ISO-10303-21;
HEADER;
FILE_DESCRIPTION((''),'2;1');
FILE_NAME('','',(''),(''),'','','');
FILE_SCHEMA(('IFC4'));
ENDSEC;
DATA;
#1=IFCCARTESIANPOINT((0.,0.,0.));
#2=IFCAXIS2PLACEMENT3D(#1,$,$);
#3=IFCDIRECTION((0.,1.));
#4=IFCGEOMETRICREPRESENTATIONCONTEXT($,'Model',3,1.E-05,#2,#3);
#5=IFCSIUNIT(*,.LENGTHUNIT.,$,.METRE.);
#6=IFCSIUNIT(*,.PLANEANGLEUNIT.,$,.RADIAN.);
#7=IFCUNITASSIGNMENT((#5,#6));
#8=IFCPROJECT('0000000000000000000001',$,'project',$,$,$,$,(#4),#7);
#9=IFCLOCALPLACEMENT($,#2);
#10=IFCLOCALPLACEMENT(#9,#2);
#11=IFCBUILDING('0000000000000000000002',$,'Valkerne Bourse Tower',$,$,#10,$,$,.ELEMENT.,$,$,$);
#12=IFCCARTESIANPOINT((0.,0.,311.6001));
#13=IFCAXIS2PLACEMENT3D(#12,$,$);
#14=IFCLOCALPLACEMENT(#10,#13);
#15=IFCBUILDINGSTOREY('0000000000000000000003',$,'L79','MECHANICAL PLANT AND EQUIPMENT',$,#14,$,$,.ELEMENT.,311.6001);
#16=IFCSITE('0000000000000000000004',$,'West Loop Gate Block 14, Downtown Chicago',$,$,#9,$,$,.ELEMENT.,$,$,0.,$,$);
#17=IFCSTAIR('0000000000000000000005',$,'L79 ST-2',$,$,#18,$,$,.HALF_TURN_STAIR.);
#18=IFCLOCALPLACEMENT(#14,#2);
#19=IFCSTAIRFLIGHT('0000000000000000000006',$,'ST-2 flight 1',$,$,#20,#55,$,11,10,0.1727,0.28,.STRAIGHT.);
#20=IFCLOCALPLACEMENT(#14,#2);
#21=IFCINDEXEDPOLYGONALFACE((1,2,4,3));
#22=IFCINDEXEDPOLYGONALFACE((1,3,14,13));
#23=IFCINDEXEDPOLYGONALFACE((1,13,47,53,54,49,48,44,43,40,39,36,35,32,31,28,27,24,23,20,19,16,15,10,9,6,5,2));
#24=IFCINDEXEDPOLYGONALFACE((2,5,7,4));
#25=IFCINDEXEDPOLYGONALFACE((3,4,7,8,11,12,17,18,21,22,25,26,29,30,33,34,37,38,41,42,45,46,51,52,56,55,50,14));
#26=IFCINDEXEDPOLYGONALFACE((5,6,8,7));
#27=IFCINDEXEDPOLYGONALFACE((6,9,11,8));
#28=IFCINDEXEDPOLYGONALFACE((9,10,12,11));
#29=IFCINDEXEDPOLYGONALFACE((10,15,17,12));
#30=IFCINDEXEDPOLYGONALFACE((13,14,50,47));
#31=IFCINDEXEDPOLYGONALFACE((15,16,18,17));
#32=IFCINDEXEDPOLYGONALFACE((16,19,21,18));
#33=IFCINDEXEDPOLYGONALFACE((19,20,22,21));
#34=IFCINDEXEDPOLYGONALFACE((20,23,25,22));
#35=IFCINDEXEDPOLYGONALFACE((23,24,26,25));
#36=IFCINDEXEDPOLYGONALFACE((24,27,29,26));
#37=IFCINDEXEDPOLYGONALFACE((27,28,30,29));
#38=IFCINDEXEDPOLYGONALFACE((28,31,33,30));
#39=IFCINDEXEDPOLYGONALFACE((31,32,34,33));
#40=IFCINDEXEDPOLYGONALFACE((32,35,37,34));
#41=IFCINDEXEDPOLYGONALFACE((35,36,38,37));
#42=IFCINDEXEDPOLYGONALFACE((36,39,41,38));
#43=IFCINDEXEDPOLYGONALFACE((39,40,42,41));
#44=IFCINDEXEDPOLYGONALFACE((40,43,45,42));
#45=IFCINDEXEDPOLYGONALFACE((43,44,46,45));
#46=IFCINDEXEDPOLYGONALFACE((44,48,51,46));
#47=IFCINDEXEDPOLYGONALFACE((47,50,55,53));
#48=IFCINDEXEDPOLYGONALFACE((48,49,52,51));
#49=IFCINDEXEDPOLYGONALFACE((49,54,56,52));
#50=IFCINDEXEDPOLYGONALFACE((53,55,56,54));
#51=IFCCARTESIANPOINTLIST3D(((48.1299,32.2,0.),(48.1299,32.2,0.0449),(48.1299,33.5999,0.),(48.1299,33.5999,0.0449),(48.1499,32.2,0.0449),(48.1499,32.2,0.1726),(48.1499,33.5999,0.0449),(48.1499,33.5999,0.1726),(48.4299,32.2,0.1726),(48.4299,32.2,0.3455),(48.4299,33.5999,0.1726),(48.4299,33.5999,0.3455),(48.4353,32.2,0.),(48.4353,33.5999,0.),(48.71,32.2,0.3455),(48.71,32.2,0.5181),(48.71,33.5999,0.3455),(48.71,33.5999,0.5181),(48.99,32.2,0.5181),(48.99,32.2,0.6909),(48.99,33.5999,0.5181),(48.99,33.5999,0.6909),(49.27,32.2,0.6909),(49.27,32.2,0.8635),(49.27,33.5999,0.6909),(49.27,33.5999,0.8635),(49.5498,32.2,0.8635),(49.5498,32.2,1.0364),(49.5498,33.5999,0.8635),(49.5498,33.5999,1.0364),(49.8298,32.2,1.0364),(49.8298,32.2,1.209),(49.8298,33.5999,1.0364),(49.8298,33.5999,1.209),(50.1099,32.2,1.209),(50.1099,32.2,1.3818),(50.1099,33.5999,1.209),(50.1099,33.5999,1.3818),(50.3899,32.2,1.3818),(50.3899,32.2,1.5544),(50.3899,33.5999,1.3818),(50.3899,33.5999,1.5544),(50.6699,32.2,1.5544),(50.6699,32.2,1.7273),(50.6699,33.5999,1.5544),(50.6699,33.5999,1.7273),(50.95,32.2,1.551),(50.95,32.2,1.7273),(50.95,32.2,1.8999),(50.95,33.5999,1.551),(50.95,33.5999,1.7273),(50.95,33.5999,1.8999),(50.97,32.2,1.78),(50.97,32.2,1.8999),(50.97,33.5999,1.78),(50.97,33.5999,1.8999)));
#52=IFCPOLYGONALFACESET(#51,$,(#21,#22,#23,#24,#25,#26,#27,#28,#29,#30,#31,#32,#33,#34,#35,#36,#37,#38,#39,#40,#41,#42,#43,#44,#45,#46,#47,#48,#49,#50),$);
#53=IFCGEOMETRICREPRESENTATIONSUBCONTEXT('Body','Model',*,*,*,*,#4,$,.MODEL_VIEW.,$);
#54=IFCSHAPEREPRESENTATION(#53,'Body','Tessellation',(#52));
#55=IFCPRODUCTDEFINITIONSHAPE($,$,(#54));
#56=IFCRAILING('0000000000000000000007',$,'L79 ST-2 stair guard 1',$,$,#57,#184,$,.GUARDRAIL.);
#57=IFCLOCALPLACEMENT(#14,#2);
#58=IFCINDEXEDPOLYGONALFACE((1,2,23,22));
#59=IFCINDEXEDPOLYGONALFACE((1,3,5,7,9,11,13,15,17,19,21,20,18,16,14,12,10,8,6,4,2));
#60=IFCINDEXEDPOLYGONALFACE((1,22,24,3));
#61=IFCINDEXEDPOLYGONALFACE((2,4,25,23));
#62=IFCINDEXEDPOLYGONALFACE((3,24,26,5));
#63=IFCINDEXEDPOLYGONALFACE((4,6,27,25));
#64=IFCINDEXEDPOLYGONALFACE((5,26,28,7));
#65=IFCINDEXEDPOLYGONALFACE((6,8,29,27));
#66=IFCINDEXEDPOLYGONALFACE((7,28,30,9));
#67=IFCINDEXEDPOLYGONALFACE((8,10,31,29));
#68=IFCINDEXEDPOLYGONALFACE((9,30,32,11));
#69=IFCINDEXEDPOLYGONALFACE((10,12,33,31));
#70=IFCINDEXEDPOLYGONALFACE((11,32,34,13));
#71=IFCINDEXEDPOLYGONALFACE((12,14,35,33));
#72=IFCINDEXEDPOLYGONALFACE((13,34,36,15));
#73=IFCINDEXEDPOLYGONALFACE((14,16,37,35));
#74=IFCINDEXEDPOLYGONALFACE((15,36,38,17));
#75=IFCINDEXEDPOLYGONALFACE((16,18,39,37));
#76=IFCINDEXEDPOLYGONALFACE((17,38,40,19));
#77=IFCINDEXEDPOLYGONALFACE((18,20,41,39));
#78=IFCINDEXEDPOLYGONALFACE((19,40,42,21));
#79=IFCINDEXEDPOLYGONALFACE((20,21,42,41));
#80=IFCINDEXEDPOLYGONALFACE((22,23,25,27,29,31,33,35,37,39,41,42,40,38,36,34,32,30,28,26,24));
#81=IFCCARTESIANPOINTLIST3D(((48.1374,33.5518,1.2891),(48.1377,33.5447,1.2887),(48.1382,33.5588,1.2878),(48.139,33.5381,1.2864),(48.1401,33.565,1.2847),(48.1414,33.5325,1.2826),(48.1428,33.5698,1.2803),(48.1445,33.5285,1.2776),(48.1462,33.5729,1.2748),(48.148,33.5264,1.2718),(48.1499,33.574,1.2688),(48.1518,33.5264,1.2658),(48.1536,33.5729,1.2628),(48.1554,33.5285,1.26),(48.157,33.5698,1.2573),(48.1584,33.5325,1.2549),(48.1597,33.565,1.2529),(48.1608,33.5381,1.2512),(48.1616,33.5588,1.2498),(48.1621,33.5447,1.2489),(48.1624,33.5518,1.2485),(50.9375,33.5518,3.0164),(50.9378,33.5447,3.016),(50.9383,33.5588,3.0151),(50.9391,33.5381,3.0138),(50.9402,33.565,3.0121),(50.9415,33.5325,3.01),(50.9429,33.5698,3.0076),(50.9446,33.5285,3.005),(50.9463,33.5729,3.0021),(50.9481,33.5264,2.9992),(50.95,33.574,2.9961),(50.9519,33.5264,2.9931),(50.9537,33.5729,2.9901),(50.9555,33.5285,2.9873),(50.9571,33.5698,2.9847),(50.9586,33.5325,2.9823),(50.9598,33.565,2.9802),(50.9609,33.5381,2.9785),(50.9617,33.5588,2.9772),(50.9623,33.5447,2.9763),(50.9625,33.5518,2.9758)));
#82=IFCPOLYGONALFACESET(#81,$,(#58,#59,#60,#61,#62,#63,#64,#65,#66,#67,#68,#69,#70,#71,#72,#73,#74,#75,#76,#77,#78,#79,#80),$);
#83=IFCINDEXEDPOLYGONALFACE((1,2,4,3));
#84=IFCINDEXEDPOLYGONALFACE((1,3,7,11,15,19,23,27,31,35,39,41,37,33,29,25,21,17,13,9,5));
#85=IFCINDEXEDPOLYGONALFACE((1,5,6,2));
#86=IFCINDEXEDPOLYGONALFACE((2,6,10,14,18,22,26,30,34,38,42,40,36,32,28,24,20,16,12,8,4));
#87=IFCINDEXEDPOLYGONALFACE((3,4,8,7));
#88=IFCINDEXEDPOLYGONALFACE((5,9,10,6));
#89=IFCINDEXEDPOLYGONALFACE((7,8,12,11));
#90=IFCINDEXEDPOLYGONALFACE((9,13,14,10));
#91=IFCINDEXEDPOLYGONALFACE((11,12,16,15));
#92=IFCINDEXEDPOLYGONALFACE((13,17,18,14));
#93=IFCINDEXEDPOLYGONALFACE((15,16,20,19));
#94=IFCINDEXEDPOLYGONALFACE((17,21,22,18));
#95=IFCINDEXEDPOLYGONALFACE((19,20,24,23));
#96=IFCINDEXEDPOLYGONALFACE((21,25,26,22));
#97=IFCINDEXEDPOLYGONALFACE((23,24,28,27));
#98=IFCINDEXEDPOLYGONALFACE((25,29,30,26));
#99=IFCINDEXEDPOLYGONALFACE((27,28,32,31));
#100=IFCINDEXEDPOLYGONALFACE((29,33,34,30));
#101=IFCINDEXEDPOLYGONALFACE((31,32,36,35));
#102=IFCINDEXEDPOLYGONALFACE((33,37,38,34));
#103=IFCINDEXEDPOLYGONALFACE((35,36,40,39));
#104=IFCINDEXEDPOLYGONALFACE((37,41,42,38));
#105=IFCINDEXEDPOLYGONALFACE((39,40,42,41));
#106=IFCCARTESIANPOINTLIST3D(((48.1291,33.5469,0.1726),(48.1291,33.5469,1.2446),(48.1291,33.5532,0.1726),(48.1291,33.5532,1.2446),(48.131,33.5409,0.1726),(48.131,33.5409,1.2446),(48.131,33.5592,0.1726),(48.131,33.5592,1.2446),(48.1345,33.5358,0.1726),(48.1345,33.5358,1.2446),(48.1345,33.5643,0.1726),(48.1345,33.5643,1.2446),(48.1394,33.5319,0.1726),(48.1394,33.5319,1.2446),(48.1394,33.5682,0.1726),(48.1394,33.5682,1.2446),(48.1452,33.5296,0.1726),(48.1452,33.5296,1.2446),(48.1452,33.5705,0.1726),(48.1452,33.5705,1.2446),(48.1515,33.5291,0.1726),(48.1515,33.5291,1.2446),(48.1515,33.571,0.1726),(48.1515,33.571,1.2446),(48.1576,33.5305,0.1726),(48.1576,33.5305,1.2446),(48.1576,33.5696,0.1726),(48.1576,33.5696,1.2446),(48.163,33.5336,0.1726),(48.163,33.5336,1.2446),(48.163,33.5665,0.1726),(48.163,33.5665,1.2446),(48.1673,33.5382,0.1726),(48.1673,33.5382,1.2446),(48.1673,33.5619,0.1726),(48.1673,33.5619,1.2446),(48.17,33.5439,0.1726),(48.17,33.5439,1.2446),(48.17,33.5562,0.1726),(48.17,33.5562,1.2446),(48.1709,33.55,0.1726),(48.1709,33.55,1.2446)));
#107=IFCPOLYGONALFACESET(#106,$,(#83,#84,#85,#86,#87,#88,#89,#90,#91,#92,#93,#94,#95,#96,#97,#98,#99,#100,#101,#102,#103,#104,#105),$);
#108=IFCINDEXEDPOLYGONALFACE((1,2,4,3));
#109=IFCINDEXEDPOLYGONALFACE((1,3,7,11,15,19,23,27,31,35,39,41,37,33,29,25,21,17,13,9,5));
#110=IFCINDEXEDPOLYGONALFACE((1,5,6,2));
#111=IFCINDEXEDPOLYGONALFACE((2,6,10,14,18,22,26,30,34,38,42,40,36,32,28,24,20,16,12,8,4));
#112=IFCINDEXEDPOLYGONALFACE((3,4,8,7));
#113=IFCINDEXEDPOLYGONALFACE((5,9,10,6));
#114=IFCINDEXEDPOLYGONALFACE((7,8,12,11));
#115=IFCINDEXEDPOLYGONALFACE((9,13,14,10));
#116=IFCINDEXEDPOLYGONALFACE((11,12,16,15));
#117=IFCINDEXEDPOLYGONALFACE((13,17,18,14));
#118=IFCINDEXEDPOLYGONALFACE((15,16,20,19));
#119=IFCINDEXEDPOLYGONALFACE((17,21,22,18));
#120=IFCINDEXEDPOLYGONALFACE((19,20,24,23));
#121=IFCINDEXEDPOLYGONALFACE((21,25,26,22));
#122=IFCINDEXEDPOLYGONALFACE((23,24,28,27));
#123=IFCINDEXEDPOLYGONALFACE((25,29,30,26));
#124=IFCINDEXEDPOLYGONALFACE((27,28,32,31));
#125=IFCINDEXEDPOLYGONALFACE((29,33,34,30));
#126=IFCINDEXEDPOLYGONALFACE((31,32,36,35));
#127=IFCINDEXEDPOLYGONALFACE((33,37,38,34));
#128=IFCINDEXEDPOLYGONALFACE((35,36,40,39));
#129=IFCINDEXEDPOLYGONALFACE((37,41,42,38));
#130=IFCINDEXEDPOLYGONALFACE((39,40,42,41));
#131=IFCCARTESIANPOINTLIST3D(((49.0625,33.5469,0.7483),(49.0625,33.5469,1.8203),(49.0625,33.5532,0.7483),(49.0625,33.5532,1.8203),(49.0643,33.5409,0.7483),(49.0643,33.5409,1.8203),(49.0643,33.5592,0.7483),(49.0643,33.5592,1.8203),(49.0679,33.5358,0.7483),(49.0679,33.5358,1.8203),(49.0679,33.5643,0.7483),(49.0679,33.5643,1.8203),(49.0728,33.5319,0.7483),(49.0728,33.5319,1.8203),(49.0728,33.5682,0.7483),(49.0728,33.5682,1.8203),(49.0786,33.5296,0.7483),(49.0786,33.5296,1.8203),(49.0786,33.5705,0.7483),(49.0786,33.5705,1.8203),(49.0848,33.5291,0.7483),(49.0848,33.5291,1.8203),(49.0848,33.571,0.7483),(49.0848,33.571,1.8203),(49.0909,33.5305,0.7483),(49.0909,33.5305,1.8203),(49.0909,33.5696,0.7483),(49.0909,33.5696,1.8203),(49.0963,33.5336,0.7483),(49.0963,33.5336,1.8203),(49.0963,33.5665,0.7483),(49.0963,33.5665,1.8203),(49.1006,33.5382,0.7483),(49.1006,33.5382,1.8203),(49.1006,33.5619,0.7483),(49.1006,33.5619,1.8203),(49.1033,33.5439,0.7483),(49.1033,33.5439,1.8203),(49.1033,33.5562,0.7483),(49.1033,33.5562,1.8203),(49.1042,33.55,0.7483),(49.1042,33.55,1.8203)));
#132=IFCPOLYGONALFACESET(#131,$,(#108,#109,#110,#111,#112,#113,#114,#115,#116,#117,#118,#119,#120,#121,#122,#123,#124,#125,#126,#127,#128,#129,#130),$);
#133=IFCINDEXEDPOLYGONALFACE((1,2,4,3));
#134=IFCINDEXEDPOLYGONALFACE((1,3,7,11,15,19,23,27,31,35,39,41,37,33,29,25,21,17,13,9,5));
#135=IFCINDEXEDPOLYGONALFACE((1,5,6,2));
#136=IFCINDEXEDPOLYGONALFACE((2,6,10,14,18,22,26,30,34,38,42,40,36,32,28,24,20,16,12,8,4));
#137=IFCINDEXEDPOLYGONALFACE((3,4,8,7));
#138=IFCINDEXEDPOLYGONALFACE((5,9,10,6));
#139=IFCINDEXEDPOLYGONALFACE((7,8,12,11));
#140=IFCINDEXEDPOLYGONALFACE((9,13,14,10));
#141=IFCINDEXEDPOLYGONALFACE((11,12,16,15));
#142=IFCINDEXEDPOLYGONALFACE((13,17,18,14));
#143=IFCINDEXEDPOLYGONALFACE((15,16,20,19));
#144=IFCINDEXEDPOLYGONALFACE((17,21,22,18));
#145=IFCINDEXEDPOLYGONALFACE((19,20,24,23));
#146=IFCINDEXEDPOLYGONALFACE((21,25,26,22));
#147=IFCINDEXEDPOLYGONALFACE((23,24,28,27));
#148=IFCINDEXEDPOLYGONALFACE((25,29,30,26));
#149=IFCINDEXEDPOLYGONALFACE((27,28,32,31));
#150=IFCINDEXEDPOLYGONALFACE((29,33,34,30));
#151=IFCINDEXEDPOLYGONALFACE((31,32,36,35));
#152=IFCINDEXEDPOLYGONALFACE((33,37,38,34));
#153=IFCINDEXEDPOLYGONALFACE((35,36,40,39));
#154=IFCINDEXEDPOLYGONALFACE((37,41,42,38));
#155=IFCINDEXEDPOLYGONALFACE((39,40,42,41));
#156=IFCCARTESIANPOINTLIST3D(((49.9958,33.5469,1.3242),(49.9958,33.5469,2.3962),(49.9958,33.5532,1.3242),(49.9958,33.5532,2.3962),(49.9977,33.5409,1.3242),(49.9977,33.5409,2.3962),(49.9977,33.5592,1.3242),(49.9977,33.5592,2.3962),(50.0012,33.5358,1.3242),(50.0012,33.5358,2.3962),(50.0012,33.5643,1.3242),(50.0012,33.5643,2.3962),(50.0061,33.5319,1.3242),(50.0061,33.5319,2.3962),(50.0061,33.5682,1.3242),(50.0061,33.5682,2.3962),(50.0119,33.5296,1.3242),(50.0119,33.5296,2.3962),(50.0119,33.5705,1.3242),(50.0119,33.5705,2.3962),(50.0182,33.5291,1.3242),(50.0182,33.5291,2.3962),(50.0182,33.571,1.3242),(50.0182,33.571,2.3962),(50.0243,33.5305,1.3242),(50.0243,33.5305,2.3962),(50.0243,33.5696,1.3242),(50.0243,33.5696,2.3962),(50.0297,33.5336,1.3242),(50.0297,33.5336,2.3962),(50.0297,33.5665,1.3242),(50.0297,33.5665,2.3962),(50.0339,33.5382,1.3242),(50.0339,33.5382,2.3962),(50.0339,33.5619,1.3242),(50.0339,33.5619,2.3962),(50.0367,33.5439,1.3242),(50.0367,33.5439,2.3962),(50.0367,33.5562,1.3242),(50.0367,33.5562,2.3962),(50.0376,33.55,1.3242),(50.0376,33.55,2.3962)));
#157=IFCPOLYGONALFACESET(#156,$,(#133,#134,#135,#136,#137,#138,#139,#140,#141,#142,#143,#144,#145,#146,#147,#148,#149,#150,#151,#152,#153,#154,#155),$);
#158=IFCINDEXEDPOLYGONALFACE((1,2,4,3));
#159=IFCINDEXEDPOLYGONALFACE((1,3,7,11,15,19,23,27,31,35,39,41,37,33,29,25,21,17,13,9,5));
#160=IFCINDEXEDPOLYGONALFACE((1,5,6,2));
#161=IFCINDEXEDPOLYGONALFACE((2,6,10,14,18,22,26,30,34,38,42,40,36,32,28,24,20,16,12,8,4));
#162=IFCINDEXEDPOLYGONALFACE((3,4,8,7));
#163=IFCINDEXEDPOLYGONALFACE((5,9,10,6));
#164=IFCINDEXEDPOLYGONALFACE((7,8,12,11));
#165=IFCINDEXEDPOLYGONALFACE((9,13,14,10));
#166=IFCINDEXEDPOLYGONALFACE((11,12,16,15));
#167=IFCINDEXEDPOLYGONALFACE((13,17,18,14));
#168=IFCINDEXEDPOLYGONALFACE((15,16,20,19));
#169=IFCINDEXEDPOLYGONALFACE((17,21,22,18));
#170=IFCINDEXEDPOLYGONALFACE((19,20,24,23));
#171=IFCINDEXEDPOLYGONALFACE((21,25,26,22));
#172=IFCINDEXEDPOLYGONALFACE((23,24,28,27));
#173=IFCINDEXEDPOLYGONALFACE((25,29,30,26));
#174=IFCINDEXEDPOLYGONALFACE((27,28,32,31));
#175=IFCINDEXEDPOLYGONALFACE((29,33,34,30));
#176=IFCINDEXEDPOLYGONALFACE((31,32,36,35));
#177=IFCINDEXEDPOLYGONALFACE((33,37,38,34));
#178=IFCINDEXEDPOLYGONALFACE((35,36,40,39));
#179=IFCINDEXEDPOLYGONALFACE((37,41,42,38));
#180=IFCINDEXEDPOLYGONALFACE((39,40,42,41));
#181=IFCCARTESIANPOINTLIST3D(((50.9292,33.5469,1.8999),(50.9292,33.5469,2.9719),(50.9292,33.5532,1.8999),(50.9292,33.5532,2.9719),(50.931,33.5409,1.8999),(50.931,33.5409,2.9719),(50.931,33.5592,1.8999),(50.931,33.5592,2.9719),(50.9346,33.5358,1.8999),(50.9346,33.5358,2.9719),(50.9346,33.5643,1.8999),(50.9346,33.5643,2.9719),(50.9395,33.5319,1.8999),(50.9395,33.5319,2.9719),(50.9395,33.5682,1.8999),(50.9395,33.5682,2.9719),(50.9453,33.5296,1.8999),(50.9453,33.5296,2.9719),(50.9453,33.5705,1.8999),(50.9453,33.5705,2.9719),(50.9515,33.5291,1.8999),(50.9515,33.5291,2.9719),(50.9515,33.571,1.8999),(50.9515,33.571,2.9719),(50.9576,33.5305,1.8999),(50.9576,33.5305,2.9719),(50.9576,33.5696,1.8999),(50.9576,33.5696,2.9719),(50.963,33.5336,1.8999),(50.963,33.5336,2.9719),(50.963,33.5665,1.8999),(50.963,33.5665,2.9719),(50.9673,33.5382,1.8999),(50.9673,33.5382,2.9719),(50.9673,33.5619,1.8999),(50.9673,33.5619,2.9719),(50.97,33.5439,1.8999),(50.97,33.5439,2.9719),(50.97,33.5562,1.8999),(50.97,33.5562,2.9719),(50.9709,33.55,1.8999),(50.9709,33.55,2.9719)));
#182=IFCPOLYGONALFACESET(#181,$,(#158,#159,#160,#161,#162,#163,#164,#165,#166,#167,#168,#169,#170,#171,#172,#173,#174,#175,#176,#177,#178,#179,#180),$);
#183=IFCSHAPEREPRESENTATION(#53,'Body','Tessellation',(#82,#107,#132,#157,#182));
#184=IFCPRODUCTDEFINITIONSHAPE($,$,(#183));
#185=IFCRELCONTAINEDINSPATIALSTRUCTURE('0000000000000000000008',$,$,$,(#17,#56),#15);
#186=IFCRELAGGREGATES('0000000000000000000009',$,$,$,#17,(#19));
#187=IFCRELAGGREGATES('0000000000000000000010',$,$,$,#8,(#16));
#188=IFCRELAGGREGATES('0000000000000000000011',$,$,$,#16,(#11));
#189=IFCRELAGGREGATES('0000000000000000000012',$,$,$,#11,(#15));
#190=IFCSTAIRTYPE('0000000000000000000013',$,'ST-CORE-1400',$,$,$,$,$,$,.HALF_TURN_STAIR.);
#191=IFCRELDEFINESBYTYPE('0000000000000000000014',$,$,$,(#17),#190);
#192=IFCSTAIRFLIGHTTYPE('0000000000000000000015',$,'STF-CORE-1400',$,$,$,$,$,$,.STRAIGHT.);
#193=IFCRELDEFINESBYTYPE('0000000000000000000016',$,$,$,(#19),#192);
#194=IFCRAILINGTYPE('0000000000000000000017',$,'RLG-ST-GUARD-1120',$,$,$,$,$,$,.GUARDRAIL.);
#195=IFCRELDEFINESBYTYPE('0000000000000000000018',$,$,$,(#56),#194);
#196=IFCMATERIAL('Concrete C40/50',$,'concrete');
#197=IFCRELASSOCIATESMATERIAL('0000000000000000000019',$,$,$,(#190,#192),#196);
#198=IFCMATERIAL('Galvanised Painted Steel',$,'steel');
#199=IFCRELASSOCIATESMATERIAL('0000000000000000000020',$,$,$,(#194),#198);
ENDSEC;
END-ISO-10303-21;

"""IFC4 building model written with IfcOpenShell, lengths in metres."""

from ifc_helpers import new_model, si_unit, direction, frame, origin, origin_2d, place, context, subcontext, project, spatial, polyline, circle, outline, extrude, material, type_object, element, aggregate, save


model = new_model("IFC4")

# Units and contexts
model_context = context("Model", 3, precision=1e-05, world=origin(), true_north=direction((0.0, 1.0)))
body_context = subcontext(model_context, "Body", "Model", "MODEL_VIEW")
ifc_project = project(units=[si_unit("LENGTHUNIT", "METRE"), si_unit("PLANEANGLEUNIT", "RADIAN")], contexts=[model_context])

# Site, building, storey
site_placement = place(None, origin())
site = spatial("IfcSite", under=ifc_project, at=site_placement, Name="West Loop Gate Block 14, Downtown Chicago", CompositionType="ELEMENT", RefElevation=0.0)
building_placement = place(site_placement, origin())
building = spatial("IfcBuilding", under=site, at=building_placement, Name="Valkerne Bourse Tower", CompositionType="ELEMENT")
storey_placement = place(building_placement, frame((0.0, 0.0, 311.6001)))
storey = spatial("IfcBuildingStorey", under=building, at=storey_placement, Name="L79", Description="MECHANICAL PLANT AND EQUIPMENT", CompositionType="ELEMENT", Elevation=311.6001)

# Shared definitions
ifc_material_1 = material(Name="Galvanised Painted Steel", Category="steel")

# Shared definitions
ifc_material_2 = material(Name="Concrete C40/50", Category="concrete")

# Stair, stair flight
stair_type = type_object("IfcStairType", Name="ST-CORE-1400", PredefinedType="HALF_TURN_STAIR", material=ifc_material_2)
stair_placement = place(storey_placement, origin())
stair = element("IfcStair", 1, at=stair_placement, inside=storey, type_object=stair_type, Name="L79 ST-2", PredefinedType="HALF_TURN_STAIR")
stair_flight_type = type_object("IfcStairFlightType", Name="STF-CORE-1400", PredefinedType="STRAIGHT", material=ifc_material_2)
stair_flight_placement = place(storey_placement, frame((48.1499, 32.8999, 0.0), z_axis=(0.0, 0.0, 1.0), x_axis=(1.0, 0.0, 0.0)))
stair_flight = element("IfcStairFlight", 2, at=stair_flight_placement, type_object=stair_flight_type, Name="ST-2 flight 1", NumberOfRisers=11, NumberOfTreads=10, PredefinedType="STRAIGHT", RiserHeight=0.1727, TreadLength=0.28, context=body_context, shape_type="SweptSolid", body=[
    extrude(outline(polyline([(-0.02, 0.0), (-0.02, 0.0449), (0.0, 0.0449), (0.0, 0.1726), (0.28, 0.1726), (0.28, 0.3455), (0.5601, 0.3455), (0.5601, 0.5181), (0.8401, 0.5181), (0.8401, 0.6909), (1.1201, 0.6909), (1.1201, 0.8635), (1.3999, 0.8635), (1.3999, 1.0364), (1.6799, 1.0364), (1.6799, 1.209), (1.96, 1.209), (1.96, 1.3818), (2.24, 1.3818), (2.24, 1.5544), (2.52, 1.5544), (2.52, 1.7273), (2.8, 1.7273), (2.8, 1.8999), (2.8201, 1.8999), (2.8201, 1.78), (2.8, 1.551), (0.2854, 0.0), (-0.02, 0.0)])), frame((0.0, 0.7, 0.0), z_axis=(0.0, -1.0, 0.0), x_axis=(1.0, 0.0, 0.0)), (0.0, 0.0, 1.0), 1.3999),
])
aggregate(stair, [stair_flight])

# Railing
railing_type_1 = type_object("IfcRailingType", Name="RLG-ST-GUARD-1120", PredefinedType="GUARDRAIL", material=ifc_material_1)
railing_1_placement = place(storey_placement, frame((48.1499, 33.55, 0.1726)))
element("IfcRailing", 3, at=railing_1_placement, inside=storey, type_object=railing_type_1, Name="L79 ST-2 stair guard 1", PredefinedType="GUARDRAIL", context=body_context, shape_type="SweptSolid", body=[
    extrude(circle(Radius=0.0239, at=origin_2d()), frame((0.0, 0.0, 1.0962), z_axis=(0.85109, 0.0, 0.52502), x_axis=(0.0, 1.0, 0.0)), (0.0, 0.0, 1.0), 3.29),
    extrude(circle(Radius=0.021, at=origin_2d()), origin(), (0.0, 0.0, 1.0), 1.072),
    extrude(circle(Radius=0.021, at=origin_2d()), frame((0.9333, 0.0, 0.5757)), (0.0, 0.0, 1.0), 1.072),
    extrude(circle(Radius=0.021, at=origin_2d()), frame((1.8667, 0.0, 1.1516)), (0.0, 0.0, 1.0), 1.072),
    extrude(circle(Radius=0.021, at=origin_2d()), frame((2.8, 0.0, 1.7273)), (0.0, 0.0, 1.0), 1.072),
])

save(model, "model.ifc")
